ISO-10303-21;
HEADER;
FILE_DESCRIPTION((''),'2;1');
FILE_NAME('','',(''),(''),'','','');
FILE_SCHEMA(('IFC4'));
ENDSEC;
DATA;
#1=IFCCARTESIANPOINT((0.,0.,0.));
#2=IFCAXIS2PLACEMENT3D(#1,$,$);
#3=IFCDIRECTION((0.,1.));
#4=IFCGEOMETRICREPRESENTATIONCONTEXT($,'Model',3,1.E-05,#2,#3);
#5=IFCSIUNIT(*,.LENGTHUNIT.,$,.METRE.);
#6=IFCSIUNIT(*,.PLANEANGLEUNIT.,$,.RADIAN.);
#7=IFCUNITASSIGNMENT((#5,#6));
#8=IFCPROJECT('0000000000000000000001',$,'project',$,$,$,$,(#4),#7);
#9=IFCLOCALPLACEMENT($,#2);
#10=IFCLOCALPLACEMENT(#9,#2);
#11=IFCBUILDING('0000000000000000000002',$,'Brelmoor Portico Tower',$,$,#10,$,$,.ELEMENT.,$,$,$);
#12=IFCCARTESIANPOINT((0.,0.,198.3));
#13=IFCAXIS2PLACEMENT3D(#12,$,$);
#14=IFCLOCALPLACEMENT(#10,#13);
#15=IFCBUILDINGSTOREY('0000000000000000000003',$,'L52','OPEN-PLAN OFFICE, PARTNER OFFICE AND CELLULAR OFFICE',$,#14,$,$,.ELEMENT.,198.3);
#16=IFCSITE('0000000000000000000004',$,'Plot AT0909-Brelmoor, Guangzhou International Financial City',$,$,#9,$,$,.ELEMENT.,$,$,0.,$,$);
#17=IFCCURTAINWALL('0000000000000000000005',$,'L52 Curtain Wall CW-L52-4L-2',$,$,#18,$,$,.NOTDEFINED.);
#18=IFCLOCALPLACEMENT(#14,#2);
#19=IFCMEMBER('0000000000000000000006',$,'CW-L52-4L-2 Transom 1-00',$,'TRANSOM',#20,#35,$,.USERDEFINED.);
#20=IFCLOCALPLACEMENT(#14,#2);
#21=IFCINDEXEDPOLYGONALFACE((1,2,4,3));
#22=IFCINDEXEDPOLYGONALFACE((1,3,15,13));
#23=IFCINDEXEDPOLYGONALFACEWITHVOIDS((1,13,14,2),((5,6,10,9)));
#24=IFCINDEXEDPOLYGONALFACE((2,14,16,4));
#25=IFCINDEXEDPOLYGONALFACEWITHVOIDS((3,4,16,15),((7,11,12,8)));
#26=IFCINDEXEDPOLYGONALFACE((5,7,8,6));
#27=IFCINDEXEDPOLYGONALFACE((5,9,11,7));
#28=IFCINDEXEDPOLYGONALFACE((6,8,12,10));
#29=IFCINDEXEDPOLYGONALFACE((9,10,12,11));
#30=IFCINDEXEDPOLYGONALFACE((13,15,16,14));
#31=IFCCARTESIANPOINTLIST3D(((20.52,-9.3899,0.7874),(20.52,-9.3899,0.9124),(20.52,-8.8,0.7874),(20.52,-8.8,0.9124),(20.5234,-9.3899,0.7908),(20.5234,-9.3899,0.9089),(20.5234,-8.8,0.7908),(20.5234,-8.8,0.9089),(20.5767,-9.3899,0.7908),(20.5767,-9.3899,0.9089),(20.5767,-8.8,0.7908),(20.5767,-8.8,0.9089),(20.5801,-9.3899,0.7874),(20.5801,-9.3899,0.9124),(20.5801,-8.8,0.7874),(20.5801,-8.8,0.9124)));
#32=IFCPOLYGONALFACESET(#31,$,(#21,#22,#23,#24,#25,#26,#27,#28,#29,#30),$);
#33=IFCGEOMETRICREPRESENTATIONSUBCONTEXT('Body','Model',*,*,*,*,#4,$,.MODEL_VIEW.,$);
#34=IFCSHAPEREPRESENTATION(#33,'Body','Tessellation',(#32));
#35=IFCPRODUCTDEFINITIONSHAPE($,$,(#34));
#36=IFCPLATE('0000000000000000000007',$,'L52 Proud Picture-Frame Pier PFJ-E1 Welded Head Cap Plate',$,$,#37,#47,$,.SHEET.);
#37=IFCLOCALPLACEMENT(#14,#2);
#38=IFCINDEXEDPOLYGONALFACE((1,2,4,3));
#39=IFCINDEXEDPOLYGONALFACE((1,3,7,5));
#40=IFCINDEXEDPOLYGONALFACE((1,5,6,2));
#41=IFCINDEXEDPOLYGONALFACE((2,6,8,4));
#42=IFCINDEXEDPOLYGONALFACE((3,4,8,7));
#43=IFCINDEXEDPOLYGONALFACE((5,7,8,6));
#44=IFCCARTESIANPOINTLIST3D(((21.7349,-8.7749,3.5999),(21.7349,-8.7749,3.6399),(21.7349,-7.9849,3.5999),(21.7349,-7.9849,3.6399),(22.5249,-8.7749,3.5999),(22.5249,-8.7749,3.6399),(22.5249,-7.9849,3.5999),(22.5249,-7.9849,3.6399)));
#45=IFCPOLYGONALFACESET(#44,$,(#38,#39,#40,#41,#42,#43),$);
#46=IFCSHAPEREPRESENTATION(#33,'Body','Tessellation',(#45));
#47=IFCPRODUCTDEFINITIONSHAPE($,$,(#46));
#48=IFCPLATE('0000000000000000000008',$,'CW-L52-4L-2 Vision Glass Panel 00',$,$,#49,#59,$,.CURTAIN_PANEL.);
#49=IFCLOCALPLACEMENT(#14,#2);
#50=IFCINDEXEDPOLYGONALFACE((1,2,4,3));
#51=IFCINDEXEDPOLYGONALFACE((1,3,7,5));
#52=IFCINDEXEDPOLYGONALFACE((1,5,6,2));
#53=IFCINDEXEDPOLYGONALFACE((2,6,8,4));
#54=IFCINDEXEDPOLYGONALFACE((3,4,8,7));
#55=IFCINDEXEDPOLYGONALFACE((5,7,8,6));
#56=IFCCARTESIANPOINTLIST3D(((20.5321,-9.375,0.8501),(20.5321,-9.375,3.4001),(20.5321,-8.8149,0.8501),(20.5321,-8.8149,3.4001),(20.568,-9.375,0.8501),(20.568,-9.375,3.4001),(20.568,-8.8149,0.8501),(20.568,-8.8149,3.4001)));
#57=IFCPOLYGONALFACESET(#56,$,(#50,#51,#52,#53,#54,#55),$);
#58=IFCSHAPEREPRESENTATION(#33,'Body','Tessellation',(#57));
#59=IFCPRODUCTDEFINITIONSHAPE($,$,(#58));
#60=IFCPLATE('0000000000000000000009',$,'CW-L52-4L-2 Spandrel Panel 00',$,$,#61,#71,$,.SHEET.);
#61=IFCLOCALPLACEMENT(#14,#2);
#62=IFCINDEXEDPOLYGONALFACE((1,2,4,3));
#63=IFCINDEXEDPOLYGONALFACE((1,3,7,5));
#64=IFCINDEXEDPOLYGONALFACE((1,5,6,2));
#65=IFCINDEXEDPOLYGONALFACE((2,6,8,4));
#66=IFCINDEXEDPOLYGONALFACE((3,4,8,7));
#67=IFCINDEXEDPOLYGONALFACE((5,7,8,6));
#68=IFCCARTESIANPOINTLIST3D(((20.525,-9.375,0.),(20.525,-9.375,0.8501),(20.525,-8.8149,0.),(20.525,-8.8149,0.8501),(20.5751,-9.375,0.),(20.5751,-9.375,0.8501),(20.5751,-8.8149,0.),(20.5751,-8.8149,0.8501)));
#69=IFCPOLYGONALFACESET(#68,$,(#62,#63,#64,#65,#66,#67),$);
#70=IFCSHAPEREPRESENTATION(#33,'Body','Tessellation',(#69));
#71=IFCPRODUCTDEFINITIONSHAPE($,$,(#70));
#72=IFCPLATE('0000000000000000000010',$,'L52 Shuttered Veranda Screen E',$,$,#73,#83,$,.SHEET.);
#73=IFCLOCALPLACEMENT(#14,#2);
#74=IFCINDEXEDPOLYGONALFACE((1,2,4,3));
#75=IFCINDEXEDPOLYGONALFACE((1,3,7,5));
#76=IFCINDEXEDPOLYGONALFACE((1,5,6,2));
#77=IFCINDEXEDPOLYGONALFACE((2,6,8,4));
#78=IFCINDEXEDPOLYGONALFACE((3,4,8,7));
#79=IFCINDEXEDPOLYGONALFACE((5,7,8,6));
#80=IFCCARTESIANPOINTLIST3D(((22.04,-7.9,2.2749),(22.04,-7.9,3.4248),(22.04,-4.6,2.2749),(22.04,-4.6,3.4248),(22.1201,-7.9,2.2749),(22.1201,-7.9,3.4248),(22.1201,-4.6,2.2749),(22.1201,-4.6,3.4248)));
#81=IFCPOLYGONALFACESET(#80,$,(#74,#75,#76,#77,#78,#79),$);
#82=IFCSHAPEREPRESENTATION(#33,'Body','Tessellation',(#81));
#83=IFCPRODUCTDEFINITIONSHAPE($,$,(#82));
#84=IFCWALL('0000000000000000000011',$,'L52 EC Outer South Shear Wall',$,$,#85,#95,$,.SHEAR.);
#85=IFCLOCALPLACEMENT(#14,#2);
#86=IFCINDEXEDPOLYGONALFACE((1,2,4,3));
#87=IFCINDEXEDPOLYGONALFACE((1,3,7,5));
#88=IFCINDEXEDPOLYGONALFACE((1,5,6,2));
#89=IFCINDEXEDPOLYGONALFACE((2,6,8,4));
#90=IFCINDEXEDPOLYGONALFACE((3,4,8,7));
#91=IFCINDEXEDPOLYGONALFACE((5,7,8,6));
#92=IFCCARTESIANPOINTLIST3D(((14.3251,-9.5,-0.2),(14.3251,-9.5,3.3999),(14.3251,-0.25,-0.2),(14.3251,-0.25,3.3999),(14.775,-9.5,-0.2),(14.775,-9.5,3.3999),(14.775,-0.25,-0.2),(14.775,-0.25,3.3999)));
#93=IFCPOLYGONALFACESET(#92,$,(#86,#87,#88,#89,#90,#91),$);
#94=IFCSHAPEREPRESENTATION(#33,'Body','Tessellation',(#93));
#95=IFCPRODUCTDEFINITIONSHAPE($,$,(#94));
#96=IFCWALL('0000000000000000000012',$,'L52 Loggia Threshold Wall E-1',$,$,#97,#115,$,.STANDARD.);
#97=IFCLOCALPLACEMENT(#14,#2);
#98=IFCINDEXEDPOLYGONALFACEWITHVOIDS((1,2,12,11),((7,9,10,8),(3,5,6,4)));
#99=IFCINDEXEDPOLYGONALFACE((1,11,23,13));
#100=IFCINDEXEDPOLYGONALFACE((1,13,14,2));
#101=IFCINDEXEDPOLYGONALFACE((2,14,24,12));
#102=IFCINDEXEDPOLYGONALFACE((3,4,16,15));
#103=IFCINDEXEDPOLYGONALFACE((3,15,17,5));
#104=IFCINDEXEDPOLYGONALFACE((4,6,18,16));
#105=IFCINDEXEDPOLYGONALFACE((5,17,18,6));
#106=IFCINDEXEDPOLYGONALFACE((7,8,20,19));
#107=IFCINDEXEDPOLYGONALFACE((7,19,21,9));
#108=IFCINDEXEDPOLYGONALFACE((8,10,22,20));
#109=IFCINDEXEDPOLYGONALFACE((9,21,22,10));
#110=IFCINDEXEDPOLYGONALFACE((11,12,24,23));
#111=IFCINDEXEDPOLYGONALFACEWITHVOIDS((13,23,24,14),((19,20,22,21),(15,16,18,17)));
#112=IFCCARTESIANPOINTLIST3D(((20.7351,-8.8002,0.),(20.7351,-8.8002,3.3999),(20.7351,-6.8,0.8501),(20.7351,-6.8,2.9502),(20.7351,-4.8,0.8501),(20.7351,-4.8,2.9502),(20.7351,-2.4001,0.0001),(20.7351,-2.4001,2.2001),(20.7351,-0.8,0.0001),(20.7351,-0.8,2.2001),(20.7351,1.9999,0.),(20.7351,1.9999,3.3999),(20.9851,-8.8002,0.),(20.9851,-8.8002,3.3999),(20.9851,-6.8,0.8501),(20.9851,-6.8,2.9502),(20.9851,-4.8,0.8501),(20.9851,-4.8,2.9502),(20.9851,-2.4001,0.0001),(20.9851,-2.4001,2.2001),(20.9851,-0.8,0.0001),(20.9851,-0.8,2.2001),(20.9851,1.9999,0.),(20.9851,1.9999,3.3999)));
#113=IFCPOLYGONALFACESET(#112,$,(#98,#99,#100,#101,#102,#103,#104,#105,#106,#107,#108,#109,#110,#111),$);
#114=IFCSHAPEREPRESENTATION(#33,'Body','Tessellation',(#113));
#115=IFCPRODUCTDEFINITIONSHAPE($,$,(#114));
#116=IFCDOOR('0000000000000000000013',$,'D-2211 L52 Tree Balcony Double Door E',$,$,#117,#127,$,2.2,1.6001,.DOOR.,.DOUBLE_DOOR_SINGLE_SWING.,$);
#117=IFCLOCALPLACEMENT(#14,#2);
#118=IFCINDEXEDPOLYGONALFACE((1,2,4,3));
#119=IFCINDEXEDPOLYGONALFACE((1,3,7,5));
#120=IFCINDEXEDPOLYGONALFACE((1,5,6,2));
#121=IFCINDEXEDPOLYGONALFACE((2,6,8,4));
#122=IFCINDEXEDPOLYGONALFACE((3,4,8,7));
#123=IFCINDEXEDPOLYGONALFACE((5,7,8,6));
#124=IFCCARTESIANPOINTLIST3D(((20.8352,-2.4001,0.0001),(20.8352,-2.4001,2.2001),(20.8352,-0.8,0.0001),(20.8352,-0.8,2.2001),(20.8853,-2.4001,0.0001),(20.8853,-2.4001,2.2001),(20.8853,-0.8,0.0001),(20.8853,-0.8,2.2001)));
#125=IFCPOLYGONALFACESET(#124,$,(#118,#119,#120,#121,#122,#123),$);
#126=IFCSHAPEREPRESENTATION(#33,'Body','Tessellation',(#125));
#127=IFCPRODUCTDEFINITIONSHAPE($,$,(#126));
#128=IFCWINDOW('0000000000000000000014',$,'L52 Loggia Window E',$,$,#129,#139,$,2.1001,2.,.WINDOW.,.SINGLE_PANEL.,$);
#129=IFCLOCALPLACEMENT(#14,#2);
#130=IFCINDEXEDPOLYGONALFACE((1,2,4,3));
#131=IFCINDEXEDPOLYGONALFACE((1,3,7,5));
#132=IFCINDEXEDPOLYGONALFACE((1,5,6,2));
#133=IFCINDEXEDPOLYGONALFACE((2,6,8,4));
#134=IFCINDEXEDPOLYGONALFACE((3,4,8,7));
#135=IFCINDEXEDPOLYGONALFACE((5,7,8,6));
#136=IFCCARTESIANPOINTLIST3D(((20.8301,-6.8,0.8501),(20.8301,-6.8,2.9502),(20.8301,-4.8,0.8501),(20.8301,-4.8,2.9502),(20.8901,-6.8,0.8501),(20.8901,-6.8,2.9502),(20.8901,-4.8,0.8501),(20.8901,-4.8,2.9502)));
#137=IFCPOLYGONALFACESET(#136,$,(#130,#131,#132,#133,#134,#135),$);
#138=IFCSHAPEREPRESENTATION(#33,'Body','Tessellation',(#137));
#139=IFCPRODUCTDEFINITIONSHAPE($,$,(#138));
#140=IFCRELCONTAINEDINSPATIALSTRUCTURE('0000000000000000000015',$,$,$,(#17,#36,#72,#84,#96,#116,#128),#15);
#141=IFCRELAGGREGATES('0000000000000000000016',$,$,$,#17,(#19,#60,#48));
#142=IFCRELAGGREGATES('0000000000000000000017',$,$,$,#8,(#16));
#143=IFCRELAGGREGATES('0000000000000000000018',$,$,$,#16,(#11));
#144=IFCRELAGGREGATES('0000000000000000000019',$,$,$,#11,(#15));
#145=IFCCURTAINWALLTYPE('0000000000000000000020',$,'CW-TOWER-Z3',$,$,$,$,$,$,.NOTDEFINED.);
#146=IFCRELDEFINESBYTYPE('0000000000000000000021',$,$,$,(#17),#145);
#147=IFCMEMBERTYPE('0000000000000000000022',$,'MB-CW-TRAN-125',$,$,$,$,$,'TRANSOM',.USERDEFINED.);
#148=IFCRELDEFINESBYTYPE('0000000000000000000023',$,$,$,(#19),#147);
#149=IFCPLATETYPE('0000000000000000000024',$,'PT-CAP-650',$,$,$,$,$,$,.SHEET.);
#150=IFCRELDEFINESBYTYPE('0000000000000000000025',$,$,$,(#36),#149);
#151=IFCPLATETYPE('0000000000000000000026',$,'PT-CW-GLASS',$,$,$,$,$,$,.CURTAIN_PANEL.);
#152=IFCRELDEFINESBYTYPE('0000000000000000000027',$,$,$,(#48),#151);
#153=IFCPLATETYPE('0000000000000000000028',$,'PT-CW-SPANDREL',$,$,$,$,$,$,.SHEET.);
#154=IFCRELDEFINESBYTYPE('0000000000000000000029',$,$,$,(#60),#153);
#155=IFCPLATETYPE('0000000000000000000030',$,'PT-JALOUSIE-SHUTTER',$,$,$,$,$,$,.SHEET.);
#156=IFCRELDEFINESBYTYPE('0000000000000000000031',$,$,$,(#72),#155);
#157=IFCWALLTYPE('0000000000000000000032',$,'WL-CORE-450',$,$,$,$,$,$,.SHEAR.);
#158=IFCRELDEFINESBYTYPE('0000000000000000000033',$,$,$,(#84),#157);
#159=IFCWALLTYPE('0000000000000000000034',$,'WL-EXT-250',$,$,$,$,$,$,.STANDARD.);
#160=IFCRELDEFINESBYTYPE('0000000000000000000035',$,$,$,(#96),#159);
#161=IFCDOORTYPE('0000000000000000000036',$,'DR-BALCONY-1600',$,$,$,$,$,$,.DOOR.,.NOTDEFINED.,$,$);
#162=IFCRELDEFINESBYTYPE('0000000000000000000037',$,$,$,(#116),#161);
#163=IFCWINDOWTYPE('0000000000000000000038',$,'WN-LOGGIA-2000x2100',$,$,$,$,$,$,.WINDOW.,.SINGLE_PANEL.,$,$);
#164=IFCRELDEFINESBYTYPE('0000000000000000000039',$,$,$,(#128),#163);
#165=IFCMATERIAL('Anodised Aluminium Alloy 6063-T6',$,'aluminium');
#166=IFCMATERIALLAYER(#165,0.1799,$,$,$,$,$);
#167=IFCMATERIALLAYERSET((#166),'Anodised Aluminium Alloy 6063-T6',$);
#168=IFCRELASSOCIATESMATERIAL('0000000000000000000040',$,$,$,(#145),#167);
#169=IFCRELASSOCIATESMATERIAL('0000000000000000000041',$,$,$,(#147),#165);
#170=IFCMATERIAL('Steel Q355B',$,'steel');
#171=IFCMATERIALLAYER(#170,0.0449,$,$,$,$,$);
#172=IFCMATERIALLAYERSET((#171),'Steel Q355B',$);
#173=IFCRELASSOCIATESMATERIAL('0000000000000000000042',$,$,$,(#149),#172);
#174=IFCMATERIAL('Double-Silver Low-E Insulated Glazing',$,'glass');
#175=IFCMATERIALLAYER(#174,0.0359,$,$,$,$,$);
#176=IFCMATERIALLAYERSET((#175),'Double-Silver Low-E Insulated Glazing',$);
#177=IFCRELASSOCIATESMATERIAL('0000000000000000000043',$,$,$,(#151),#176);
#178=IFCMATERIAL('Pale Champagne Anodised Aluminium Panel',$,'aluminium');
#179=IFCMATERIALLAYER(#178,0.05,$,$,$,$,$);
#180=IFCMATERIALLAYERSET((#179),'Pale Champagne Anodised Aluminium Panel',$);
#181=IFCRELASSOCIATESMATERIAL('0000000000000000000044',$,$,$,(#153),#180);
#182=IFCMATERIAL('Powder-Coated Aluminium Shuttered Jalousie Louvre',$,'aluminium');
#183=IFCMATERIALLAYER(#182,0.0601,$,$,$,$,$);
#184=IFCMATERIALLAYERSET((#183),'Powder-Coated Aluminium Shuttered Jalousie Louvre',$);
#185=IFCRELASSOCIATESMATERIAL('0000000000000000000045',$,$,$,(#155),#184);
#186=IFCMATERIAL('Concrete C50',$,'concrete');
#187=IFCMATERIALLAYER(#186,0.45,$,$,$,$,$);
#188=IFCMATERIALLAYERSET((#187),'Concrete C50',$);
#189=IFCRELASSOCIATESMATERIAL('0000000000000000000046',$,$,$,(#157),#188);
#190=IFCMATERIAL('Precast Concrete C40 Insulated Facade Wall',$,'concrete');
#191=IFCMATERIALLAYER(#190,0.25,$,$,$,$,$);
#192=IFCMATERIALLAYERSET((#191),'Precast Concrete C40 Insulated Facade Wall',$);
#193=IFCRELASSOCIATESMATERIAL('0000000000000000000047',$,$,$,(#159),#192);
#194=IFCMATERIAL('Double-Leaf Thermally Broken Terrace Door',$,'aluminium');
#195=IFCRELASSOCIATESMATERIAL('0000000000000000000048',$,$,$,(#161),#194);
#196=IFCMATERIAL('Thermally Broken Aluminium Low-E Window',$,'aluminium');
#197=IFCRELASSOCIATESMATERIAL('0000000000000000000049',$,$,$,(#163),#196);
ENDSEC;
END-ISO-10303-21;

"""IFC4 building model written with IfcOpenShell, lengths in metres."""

from ifc_helpers import new_model, si_unit, direction, frame, frame_2d, origin, origin_2d, place, context, subcontext, project, spatial, rectangle, hollow_rectangle, extrude, material, layer, layer_set, material_profile, profile_set, type_object, element, fill, aggregate, save


model = new_model("IFC4")

# Units and contexts
model_context = context("Model", 3, precision=1e-05, world=origin(), true_north=direction((0.0, 1.0)))
body_context = subcontext(model_context, "Body", "Model", "MODEL_VIEW")
ifc_project = project(units=[si_unit("LENGTHUNIT", "METRE"), si_unit("PLANEANGLEUNIT", "RADIAN")], contexts=[model_context])

# Site, building, storey
site_placement = place(None, origin())
site = spatial("IfcSite", under=ifc_project, at=site_placement, Name="Plot AT0909-Brelmoor, Guangzhou International Financial City", CompositionType="ELEMENT", RefElevation=0.0)
building_placement = place(site_placement, origin())
building = spatial("IfcBuilding", under=site, at=building_placement, Name="Brelmoor Portico Tower", CompositionType="ELEMENT")
storey_placement = place(building_placement, frame((0.0, 0.0, 198.3)))
storey = spatial("IfcBuildingStorey", under=building, at=storey_placement, Name="L52", Description="OPEN-PLAN OFFICE, PARTNER OFFICE AND CELLULAR OFFICE", CompositionType="ELEMENT", Elevation=198.3)

# Shared definitions
ifc_material_1 = material(Name="Steel Q355B", Category="steel")

# Curtain wall, member
ifc_material_2 = material(Name="Anodised Aluminium Alloy 6063-T6", Category="aluminium")
ifc_layer_1 = layer(ifc_material_2, 0.1799)
ifc_layer_set_1 = layer_set([ifc_layer_1], Name="Anodised Aluminium Alloy 6063-T6")
curtain_wall_type = type_object("IfcCurtainWallType", Name="CW-TOWER-Z3", PredefinedType="NOTDEFINED", material=ifc_layer_set_1)
curtain_wall_placement = place(storey_placement, origin())
curtain_wall = element("IfcCurtainWall", 1, at=curtain_wall_placement, inside=storey, type_object=curtain_wall_type, Name="L52 Curtain Wall CW-L52-4L-2", PredefinedType="NOTDEFINED")
ifc_material_profile_1 = material_profile(ifc_material_2, hollow_rectangle(XDim=0.0601, YDim=0.125, WallThickness=0.0034, at=origin_2d()), Name="ALU TRANSOM 60x125")
ifc_profile_set_1 = profile_set([ifc_material_profile_1], Name="Anodised Aluminium Alloy 6063-T6")
member_type_1 = type_object("IfcMemberType", Name="MB-CW-TRAN-125", ElementType="TRANSOM", PredefinedType="USERDEFINED", material=ifc_profile_set_1)
member_1_placement = place(storey_placement, frame((20.55, -9.3899, 0.8499), z_axis=(0.0, 1.0, 0.0), x_axis=(-1.0, 0.0, 0.0)))
member_1 = element("IfcMember", 2, at=member_1_placement, type_object=member_type_1, Name="CW-L52-4L-2 Transom 1-00", ObjectType="TRANSOM", PredefinedType="USERDEFINED", context=body_context, shape_type="SweptSolid", body=[
    extrude(hollow_rectangle(XDim=0.0601, YDim=0.125, WallThickness=0.0034, at=origin_2d()), origin(), (0.0, 0.0, 1.0), 0.5898),
])

# Plates
ifc_layer_2 = layer(ifc_material_1, 0.0449)
ifc_layer_set_2 = layer_set([ifc_layer_2], Name="Steel Q355B")
plate_type_1 = type_object("IfcPlateType", Name="PT-CAP-650", PredefinedType="SHEET", material=ifc_layer_set_2)
plate_1_placement = place(storey_placement, frame((22.1299, -8.3799, 3.5999), z_axis=(0.0, 0.0, 1.0), x_axis=(0.0, 1.0, 0.0)))
element("IfcPlate", 3, at=plate_1_placement, inside=storey, type_object=plate_type_1, Name="L52 Proud Picture-Frame Pier PFJ-E1 Welded Head Cap Plate", PredefinedType="SHEET", context=body_context, shape_type="SweptSolid", body=[
    extrude(rectangle(XDim=0.79, YDim=0.79, at=origin_2d()), origin(), (0.0, 0.0, 1.0), 0.04),
])
ifc_material_3 = material(Name="Double-Silver Low-E Insulated Glazing", Category="glass")
ifc_layer_3 = layer(ifc_material_3, 0.0359)
ifc_layer_set_3 = layer_set([ifc_layer_3], Name="Double-Silver Low-E Insulated Glazing")
plate_type_2 = type_object("IfcPlateType", Name="PT-CW-GLASS", PredefinedType="CURTAIN_PANEL", material=ifc_layer_set_3)
plate_2_placement = place(storey_placement, frame((20.55, -9.095, 0.8501), z_axis=(0.0, 0.0, 1.0), x_axis=(0.0, 1.0, 0.0)))
plate_2 = element("IfcPlate", 4, at=plate_2_placement, type_object=plate_type_2, Name="CW-L52-4L-2 Vision Glass Panel 00", PredefinedType="CURTAIN_PANEL", context=body_context, shape_type="SweptSolid", body=[
    extrude(rectangle(XDim=0.5601, YDim=0.0359, at=origin_2d()), origin(), (0.0, 0.0, 1.0), 2.55),
])
ifc_material_4 = material(Name="Pale Champagne Anodised Aluminium Panel", Category="aluminium")
ifc_layer_4 = layer(ifc_material_4, 0.05)
ifc_layer_set_4 = layer_set([ifc_layer_4], Name="Pale Champagne Anodised Aluminium Panel")
plate_type_3 = type_object("IfcPlateType", Name="PT-CW-SPANDREL", PredefinedType="SHEET", material=ifc_layer_set_4)
plate_3_placement = place(storey_placement, frame((20.55, -9.095, 0.0), z_axis=(0.0, 0.0, 1.0), x_axis=(0.0, 1.0, 0.0)))
plate_3 = element("IfcPlate", 5, at=plate_3_placement, type_object=plate_type_3, Name="CW-L52-4L-2 Spandrel Panel 00", PredefinedType="SHEET", context=body_context, shape_type="SweptSolid", body=[
    extrude(rectangle(XDim=0.5601, YDim=0.05, at=origin_2d()), origin(), (0.0, 0.0, 1.0), 0.8501),
])
aggregate(curtain_wall, [member_1, plate_3, plate_2])
ifc_material_5 = material(Name="Powder-Coated Aluminium Shuttered Jalousie Louvre", Category="aluminium")
ifc_layer_5 = layer(ifc_material_5, 0.0601)
ifc_layer_set_5 = layer_set([ifc_layer_5], Name="Powder-Coated Aluminium Shuttered Jalousie Louvre")
plate_type_4 = type_object("IfcPlateType", Name="PT-JALOUSIE-SHUTTER", PredefinedType="SHEET", material=ifc_layer_set_5)
plate_4_placement = place(storey_placement, frame((22.0801, -6.25, 2.2749), z_axis=(0.0, 0.0, 1.0), x_axis=(0.0, 1.0, 0.0)))
element("IfcPlate", 6, at=plate_4_placement, inside=storey, type_object=plate_type_4, Name="L52 Shuttered Veranda Screen E", PredefinedType="SHEET", context=body_context, shape_type="SweptSolid", body=[
    extrude(rectangle(XDim=3.3, YDim=0.0801, at=origin_2d()), origin(), (0.0, 0.0, 1.0), 1.1499),
])

# Wall
ifc_material_6 = material(Name="Concrete C50", Category="concrete")
ifc_layer_6 = layer(ifc_material_6, 0.45)
ifc_layer_set_6 = layer_set([ifc_layer_6], Name="Concrete C50")
wall_type_1 = type_object("IfcWallType", Name="WL-CORE-450", PredefinedType="SHEAR", material=ifc_layer_set_6)
wall_1_placement = place(storey_placement, frame((14.55, -9.5, -0.2), z_axis=(0.0, 0.0, 1.0), x_axis=(0.0, 1.0, 0.0)))
element("IfcWall", 7, at=wall_1_placement, inside=storey, type_object=wall_type_1, Name="L52 EC Outer South Shear Wall", PredefinedType="SHEAR", context=body_context, shape_type="SweptSolid", body=[
    extrude(rectangle(XDim=9.25, YDim=0.45, at=frame_2d((4.625, 0.0))), origin(), (0.0, 0.0, 1.0), 3.5999),
])

# Wall, openings, door, window
ifc_material_7 = material(Name="Precast Concrete C40 Insulated Facade Wall", Category="concrete")
ifc_layer_7 = layer(ifc_material_7, 0.25)
ifc_layer_set_7 = layer_set([ifc_layer_7], Name="Precast Concrete C40 Insulated Facade Wall")
wall_type_2 = type_object("IfcWallType", Name="WL-EXT-250", PredefinedType="STANDARD", material=ifc_layer_set_7)
wall_2_placement = place(storey_placement, frame((20.8601, -8.8, 0.0), z_axis=(0.0, 0.0, 1.0), x_axis=(0.0, 1.0, 0.0)))
wall_2 = element("IfcWall", 8, at=wall_2_placement, inside=storey, type_object=wall_type_2, Name="L52 Loggia Threshold Wall E-1", PredefinedType="STANDARD", context=body_context, shape_type="SweptSolid", body=[
    extrude(rectangle(XDim=10.8, YDim=0.25, at=frame_2d((5.3999, 0.0))), origin(), (0.0, 0.0, 1.0), 3.3999),
])
opening_1_placement = place(wall_2_placement, frame((6.3999, 0.0, 0.0)))
opening_1 = element("IfcOpeningElement", 9, at=opening_1_placement, cuts=wall_2, PredefinedType="OPENING", context=body_context, shape_type="SweptSolid", body=[
    extrude(rectangle(XDim=1.6001, YDim=2.2, at=frame_2d((0.8, 1.1001))), frame((0.0, 0.135, 0.0), z_axis=(0.0, -1.0, 0.0), x_axis=(1.0, 0.0, 0.0)), (0.0, 0.0, 1.0), 0.27),
])
opening_2_placement = place(wall_2_placement, frame((2.0, 0.0, 0.8501)))
opening_2 = element("IfcOpeningElement", 10, at=opening_2_placement, cuts=wall_2, PredefinedType="OPENING", context=body_context, shape_type="SweptSolid", body=[
    extrude(rectangle(XDim=2.0, YDim=2.1001, at=frame_2d((1.0, 1.05))), frame((0.0, 0.135, 0.0), z_axis=(0.0, -1.0, 0.0), x_axis=(1.0, 0.0, 0.0)), (0.0, 0.0, 1.0), 0.27),
])
ifc_material_8 = material(Name="Double-Leaf Thermally Broken Terrace Door", Category="aluminium")
door_type = type_object("IfcDoorType", Name="DR-BALCONY-1600", OperationType="NOTDEFINED", PredefinedType="DOOR", material=ifc_material_8)
door_placement = place(opening_1_placement, origin())
door = element("IfcDoor", 11, at=door_placement, inside=storey, type_object=door_type, Name="D-2211 L52 Tree Balcony Double Door E", OperationType="DOUBLE_DOOR_SINGLE_SWING", OverallHeight=2.2, OverallWidth=1.6001, PredefinedType="DOOR", context=body_context, shape_type="SweptSolid", body=[
    extrude(rectangle(XDim=1.6001, YDim=2.2, at=frame_2d((0.8, 1.1001))), frame((0.0, 0.0249, 0.0), z_axis=(0.0, -1.0, 0.0), x_axis=(1.0, 0.0, 0.0)), (0.0, 0.0, 1.0), 0.05),
])
fill(opening_1, door)
ifc_material_9 = material(Name="Thermally Broken Aluminium Low-E Window", Category="aluminium")
window_type = type_object("IfcWindowType", Name="WN-LOGGIA-2000x2100", PartitioningType="SINGLE_PANEL", PredefinedType="WINDOW", material=ifc_material_9)
window_placement = place(opening_2_placement, origin())
window = element("IfcWindow", 12, at=window_placement, inside=storey, type_object=window_type, Name="L52 Loggia Window E", OverallHeight=2.1001, OverallWidth=2.0, PartitioningType="SINGLE_PANEL", PredefinedType="WINDOW", context=body_context, shape_type="SweptSolid", body=[
    extrude(rectangle(XDim=2.0, YDim=2.1001, at=frame_2d((1.0, 1.05))), frame((0.0, 0.03, 0.0), z_axis=(0.0, -1.0, 0.0), x_axis=(1.0, 0.0, 0.0)), (0.0, 0.0, 1.0), 0.0601),
])
fill(opening_2, window)

save(model, "model.ifc")
